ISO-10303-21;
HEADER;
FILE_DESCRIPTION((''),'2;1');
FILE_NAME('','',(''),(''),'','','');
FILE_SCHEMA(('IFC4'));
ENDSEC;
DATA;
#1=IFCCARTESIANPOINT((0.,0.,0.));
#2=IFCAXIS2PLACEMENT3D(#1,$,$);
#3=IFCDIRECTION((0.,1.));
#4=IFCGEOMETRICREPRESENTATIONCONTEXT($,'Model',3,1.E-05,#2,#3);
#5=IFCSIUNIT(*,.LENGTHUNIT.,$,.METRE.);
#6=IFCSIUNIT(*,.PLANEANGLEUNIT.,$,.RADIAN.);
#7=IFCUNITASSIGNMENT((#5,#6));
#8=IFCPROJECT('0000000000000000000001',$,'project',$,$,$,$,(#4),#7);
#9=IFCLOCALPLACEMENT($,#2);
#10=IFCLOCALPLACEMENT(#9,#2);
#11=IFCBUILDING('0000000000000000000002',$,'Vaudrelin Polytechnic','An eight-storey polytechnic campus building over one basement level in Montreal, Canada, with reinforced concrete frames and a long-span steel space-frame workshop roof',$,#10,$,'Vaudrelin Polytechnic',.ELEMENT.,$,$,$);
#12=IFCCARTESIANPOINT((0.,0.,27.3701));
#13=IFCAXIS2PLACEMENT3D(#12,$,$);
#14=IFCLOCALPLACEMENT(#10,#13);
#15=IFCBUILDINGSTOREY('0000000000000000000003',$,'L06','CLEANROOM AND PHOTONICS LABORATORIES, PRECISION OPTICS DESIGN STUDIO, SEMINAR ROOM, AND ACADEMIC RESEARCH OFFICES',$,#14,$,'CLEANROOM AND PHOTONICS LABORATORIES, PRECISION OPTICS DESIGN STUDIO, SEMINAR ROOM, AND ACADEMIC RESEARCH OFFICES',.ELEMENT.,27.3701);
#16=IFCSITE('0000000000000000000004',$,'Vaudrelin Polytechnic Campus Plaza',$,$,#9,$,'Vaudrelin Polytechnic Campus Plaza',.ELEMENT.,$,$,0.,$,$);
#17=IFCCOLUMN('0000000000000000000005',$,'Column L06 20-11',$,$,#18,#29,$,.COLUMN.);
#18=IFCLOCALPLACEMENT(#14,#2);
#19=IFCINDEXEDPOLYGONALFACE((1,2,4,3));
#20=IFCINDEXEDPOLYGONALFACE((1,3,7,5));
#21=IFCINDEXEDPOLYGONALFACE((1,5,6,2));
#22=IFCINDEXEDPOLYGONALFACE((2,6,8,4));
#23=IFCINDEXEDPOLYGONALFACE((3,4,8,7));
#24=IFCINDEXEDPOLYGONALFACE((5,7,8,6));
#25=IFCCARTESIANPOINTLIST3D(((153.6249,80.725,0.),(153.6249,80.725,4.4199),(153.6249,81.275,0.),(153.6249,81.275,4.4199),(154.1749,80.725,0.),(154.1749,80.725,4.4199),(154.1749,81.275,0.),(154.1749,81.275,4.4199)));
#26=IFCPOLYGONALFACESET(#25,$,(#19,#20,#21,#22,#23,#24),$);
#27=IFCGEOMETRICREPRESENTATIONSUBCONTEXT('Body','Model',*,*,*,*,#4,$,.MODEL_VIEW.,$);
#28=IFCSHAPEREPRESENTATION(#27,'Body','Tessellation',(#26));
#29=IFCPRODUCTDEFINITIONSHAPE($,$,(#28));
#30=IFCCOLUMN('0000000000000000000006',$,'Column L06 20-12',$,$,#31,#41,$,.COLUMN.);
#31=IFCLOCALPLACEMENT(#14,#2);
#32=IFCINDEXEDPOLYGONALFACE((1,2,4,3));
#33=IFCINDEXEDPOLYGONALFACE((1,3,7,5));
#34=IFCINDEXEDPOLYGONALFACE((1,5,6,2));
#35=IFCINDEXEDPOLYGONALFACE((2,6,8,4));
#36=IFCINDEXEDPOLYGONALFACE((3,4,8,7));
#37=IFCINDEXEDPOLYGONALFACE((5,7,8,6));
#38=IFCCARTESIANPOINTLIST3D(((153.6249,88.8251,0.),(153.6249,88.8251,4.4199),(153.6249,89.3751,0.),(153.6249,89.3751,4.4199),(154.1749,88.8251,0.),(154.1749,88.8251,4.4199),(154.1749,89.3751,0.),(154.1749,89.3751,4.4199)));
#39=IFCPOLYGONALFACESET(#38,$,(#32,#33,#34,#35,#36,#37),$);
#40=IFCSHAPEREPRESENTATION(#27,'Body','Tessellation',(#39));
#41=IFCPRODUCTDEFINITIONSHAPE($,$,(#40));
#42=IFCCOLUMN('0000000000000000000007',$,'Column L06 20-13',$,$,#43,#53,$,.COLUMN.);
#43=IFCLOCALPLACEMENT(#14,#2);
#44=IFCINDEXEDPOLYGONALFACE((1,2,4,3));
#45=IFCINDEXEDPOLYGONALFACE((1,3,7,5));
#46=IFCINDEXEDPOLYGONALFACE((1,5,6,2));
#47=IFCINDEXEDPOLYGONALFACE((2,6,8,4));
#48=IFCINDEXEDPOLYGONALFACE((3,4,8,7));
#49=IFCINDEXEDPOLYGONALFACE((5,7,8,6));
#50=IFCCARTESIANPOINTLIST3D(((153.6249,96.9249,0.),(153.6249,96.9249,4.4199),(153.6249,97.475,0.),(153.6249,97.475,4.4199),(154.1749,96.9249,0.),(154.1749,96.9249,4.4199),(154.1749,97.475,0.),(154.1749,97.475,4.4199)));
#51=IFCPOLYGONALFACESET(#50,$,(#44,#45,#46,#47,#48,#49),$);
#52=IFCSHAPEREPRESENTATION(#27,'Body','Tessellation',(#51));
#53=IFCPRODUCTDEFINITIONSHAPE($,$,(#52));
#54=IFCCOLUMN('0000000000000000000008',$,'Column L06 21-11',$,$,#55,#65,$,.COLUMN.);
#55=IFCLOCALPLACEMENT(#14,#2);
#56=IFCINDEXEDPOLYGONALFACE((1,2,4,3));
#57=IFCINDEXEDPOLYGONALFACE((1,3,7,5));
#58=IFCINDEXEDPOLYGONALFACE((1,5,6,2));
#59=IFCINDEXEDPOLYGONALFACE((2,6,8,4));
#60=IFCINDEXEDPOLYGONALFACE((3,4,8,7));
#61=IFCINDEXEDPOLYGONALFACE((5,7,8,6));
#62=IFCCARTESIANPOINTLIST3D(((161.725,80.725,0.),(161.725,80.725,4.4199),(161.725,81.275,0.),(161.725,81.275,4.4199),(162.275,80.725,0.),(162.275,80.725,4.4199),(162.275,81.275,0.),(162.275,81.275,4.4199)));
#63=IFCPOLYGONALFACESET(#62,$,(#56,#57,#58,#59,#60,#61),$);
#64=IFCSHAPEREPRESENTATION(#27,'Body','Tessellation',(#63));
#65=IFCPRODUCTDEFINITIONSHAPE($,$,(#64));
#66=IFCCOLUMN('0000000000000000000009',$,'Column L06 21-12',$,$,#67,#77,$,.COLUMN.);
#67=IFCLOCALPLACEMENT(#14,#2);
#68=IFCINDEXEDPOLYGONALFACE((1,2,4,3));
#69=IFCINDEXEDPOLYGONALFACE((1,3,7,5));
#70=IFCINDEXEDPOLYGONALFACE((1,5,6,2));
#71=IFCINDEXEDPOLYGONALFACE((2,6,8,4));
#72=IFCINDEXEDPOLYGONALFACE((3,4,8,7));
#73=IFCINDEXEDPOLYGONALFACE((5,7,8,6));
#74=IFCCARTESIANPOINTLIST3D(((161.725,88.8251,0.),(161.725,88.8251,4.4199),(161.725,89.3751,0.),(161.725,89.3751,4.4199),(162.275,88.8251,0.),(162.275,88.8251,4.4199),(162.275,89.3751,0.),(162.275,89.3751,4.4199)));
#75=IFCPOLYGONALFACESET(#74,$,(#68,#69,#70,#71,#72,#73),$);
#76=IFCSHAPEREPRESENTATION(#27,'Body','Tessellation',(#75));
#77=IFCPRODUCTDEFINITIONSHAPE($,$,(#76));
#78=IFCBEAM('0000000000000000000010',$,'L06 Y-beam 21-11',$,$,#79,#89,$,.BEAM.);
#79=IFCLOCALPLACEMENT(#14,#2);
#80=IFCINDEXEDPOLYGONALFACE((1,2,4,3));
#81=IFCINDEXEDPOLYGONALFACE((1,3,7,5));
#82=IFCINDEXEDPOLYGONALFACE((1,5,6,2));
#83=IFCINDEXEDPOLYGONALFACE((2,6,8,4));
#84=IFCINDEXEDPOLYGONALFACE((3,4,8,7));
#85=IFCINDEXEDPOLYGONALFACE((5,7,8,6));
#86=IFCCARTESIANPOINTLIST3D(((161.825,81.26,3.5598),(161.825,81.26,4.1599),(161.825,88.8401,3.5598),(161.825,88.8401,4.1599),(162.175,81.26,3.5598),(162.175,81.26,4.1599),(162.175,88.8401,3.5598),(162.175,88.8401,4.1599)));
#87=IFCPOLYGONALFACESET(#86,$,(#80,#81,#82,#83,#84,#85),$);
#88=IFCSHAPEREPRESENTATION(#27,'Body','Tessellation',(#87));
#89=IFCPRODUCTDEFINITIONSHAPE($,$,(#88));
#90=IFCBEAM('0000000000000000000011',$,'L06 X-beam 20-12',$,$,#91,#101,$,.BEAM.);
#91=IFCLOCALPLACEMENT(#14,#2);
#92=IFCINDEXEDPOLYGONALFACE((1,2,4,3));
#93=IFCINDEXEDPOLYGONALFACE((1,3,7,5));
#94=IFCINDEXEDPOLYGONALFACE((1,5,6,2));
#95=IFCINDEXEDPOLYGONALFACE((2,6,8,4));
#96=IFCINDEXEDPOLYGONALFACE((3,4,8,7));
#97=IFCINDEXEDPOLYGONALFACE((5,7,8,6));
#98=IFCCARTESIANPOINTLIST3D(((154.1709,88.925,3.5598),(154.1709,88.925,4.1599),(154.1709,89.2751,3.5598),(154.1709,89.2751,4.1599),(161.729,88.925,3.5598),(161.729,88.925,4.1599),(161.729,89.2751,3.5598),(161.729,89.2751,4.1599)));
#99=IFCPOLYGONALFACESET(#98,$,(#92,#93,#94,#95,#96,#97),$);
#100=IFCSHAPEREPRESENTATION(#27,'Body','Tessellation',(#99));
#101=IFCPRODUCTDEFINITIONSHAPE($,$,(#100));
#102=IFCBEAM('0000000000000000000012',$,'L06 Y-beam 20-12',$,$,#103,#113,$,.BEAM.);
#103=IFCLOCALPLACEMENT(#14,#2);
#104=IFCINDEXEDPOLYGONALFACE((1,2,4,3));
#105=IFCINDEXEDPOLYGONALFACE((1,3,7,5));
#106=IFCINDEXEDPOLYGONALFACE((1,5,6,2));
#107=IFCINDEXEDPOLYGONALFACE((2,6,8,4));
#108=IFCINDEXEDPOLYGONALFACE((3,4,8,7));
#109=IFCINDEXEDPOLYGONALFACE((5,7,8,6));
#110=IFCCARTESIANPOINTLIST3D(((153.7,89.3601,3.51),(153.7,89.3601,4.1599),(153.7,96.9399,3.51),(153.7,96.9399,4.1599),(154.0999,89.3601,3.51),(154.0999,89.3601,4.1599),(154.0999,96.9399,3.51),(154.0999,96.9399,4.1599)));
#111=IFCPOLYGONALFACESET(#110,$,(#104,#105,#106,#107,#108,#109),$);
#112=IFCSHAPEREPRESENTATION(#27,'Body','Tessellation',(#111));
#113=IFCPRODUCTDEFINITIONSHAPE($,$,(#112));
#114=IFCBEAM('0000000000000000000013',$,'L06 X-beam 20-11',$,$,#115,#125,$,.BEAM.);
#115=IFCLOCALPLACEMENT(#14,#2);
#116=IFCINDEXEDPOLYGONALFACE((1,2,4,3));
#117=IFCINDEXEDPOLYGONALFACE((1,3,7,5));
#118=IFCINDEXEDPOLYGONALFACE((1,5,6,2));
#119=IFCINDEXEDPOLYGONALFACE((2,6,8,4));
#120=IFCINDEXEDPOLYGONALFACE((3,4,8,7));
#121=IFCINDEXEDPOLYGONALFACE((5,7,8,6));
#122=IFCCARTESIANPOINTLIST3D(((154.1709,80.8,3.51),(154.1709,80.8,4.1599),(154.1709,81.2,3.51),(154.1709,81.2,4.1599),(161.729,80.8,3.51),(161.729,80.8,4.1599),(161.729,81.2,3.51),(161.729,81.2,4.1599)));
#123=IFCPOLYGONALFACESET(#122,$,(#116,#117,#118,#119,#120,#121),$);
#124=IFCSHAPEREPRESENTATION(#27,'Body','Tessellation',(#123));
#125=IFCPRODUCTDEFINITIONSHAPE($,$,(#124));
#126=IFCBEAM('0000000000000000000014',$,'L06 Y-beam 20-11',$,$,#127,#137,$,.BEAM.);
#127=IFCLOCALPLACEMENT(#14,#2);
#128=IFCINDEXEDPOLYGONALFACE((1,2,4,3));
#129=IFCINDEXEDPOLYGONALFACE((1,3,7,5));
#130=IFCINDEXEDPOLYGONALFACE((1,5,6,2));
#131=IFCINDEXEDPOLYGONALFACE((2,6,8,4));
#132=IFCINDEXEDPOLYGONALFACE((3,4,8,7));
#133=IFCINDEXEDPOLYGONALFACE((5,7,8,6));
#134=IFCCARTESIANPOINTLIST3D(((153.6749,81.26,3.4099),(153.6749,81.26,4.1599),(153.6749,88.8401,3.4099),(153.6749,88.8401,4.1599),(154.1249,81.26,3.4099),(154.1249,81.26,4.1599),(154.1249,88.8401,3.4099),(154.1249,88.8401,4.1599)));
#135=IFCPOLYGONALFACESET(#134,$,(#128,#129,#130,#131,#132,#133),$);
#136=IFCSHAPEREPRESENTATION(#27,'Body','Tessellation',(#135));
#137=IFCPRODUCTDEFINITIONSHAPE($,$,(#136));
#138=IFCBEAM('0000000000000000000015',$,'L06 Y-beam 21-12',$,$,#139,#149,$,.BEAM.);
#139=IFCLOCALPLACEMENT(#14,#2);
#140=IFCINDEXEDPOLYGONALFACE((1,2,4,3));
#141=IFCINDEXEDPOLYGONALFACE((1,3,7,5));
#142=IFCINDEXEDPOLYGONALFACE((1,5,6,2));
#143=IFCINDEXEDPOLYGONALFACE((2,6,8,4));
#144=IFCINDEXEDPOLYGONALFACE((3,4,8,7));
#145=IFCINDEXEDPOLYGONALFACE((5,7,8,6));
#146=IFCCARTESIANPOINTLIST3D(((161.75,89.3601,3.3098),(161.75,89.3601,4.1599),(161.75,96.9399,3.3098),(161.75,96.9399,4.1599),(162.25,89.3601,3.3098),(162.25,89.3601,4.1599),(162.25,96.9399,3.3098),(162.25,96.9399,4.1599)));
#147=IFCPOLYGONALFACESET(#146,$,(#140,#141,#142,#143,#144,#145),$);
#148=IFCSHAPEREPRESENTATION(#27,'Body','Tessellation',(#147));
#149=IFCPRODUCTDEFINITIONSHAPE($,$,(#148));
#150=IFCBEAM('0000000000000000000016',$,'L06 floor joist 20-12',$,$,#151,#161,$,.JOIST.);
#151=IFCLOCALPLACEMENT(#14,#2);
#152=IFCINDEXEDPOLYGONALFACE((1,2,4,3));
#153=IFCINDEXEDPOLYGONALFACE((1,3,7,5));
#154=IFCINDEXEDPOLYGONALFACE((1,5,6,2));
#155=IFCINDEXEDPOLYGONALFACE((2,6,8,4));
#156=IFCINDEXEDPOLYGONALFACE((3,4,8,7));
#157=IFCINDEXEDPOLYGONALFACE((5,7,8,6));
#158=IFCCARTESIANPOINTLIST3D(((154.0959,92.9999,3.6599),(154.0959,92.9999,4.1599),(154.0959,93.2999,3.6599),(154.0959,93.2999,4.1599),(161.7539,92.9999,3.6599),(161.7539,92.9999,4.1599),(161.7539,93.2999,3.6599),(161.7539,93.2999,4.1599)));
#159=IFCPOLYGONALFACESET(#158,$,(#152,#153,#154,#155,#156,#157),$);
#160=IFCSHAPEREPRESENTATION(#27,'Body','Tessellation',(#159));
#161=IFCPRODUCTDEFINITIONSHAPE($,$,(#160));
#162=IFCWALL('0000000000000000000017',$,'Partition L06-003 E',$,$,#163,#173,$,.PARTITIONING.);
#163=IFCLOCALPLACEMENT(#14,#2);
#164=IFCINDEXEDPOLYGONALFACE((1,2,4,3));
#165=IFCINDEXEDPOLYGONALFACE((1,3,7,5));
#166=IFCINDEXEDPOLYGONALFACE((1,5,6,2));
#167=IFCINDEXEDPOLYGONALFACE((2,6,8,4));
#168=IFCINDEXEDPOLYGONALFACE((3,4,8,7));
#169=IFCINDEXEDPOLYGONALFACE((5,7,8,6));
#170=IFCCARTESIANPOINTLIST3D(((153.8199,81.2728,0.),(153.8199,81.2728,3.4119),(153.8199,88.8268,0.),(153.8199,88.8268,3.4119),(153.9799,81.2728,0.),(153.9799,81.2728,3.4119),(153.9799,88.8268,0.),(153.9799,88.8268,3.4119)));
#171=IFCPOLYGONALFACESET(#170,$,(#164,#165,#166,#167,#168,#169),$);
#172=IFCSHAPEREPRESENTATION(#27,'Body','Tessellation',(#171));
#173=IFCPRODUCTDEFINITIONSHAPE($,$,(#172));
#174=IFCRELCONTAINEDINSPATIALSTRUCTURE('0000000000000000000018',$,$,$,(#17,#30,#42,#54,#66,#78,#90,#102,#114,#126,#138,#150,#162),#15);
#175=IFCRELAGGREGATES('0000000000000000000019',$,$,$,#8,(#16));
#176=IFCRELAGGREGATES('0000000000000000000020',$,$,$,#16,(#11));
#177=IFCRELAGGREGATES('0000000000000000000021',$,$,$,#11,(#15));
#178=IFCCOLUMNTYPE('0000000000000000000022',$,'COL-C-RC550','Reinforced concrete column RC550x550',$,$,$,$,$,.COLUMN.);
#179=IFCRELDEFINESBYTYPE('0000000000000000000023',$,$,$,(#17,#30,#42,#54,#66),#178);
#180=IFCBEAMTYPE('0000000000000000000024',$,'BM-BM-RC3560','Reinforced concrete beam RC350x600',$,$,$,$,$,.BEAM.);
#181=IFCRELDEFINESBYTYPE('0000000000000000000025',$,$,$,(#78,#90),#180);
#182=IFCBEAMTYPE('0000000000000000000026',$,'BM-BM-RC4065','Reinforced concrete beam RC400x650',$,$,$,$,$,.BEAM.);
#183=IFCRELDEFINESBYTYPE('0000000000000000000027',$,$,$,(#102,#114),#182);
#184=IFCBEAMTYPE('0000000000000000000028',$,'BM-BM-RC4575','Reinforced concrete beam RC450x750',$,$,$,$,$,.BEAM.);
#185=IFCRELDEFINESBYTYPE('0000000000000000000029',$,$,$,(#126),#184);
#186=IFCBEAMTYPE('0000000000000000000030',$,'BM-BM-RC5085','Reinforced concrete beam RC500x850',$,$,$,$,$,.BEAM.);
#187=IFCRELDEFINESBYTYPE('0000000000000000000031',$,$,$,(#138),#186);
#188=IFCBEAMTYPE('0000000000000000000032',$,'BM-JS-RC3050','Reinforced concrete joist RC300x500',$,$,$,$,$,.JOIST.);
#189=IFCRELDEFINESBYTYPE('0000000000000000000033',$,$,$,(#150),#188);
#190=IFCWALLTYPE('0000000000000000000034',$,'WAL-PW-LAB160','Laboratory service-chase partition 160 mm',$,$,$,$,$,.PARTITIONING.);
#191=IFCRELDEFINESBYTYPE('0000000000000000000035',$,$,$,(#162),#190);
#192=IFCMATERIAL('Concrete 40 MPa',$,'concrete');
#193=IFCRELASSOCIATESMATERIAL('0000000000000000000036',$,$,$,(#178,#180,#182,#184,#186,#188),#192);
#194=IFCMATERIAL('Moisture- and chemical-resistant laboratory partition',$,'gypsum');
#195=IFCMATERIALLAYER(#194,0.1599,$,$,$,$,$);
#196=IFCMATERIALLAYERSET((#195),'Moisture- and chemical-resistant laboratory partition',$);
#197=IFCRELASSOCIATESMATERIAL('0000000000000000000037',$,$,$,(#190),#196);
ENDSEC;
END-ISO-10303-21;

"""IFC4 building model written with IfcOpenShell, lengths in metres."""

from ifc_helpers import new_model, si_unit, direction, frame, frame_2d, origin, origin_2d, place, context, subcontext, project, spatial, rectangle, extrude, material, layer, layer_set, material_profile, profile_set, type_object, element, save


model = new_model("IFC4")

# Units and contexts
model_context = context("Model", 3, precision=1e-05, world=origin(), true_north=direction((0.0, 1.0)))
body_context = subcontext(model_context, "Body", "Model", "MODEL_VIEW")
ifc_project = project(units=[si_unit("LENGTHUNIT", "METRE"), si_unit("PLANEANGLEUNIT", "RADIAN")], contexts=[model_context])

# Site, building, storey
site_placement = place(None, origin())
site = spatial("IfcSite", under=ifc_project, at=site_placement, Name="Vaudrelin Polytechnic Campus Plaza", LongName="Vaudrelin Polytechnic Campus Plaza", CompositionType="ELEMENT", RefElevation=0.0)
building_placement = place(site_placement, origin())
building = spatial("IfcBuilding", under=site, at=building_placement, Name="Vaudrelin Polytechnic", Description="An eight-storey polytechnic campus building over one basement level in Montreal, Canada, with reinforced concrete frames and a long-span steel space-frame workshop roof", LongName="Vaudrelin Polytechnic", CompositionType="ELEMENT")
storey_placement = place(building_placement, frame((0.0, 0.0, 27.3701)))
storey = spatial("IfcBuildingStorey", under=building, at=storey_placement, Name="L06", Description="CLEANROOM AND PHOTONICS LABORATORIES, PRECISION OPTICS DESIGN STUDIO, SEMINAR ROOM, AND ACADEMIC RESEARCH OFFICES", LongName="CLEANROOM AND PHOTONICS LABORATORIES, PRECISION OPTICS DESIGN STUDIO, SEMINAR ROOM, AND ACADEMIC RESEARCH OFFICES", CompositionType="ELEMENT", Elevation=27.3701)

# Columns
ifc_material_1 = material(Name="Concrete 40 MPa", Category="concrete")
ifc_material_profile_1 = material_profile(ifc_material_1, rectangle(XDim=0.55, YDim=0.55, at=origin_2d()), Name="RC550x550")
ifc_profile_set_1 = profile_set([ifc_material_profile_1], Name="Concrete 40 MPa")
column_type = type_object("IfcColumnType", Name="COL-C-RC550", Description="Reinforced concrete column RC550x550", PredefinedType="COLUMN", material=ifc_profile_set_1)
for number, where, z_axis, x_axis, name in (
    (1, (153.8999, 81.0, 0.0), (0.0, 0.0, 1.0), (1.0, 0.0, 0.0), "Column L06 20-11"),
    (2, (153.8999, 89.1001, 0.0), (0.0, 0.0, 1.0), (1.0, 0.0, 0.0), "Column L06 20-12"),
    (3, (153.8999, 97.2, 0.0), (0.0, 0.0, 1.0), (1.0, 0.0, 0.0), "Column L06 20-13"),
    (4, (162.0, 81.0, 0.0), (0.0, 0.0, 1.0), (1.0, 0.0, 0.0), "Column L06 21-11"),
    (5, (162.0, 89.1001, 0.0), (0.0, 0.0, 1.0), (1.0, 0.0, 0.0), "Column L06 21-12"),
):
    element("IfcColumn", number, at=place(storey_placement, frame(where, z_axis=z_axis, x_axis=x_axis)), inside=storey, type_object=column_type, Name=name, PredefinedType="COLUMN", context=body_context, shape_type="SweptSolid", body=[
        extrude(rectangle(XDim=0.55, YDim=0.55, at=origin_2d()), origin(), (0.0, 0.0, 1.0), 4.4199),
    ])

# Beams
ifc_material_profile_2 = material_profile(ifc_material_1, rectangle(XDim=0.3501, YDim=0.6001, at=origin_2d()), Name="RC350x600")
ifc_profile_set_2 = profile_set([ifc_material_profile_2], Name="Concrete 40 MPa")
beam_type_1 = type_object("IfcBeamType", Name="BM-BM-RC3560", Description="Reinforced concrete beam RC350x600", PredefinedType="BEAM", material=ifc_profile_set_2)
beam_1_placement = place(storey_placement, frame((162.0, 81.26, 3.8599), z_axis=(0.0, 1.0, 0.0), x_axis=(-1.0, 0.0, 0.0)))
element("IfcBeam", 6, at=beam_1_placement, inside=storey, type_object=beam_type_1, Name="L06 Y-beam 21-11", PredefinedType="BEAM", context=body_context, shape_type="SweptSolid", body=[
    extrude(rectangle(XDim=0.3501, YDim=0.6001, at=origin_2d()), origin(), (0.0, 0.0, 1.0), 7.5801),
])
beam_2_placement = place(storey_placement, frame((154.1709, 89.1001, 3.8599), z_axis=(1.0, 0.0, 0.0), x_axis=(0.0, 1.0, 0.0)))
element("IfcBeam", 7, at=beam_2_placement, inside=storey, type_object=beam_type_1, Name="L06 X-beam 20-12", PredefinedType="BEAM", context=body_context, shape_type="SweptSolid", body=[
    extrude(rectangle(XDim=0.3501, YDim=0.6001, at=origin_2d()), origin(), (0.0, 0.0, 1.0), 7.5581),
])
ifc_material_profile_3 = material_profile(ifc_material_1, rectangle(XDim=0.3999, YDim=0.6499, at=origin_2d()), Name="RC400x650")
ifc_profile_set_3 = profile_set([ifc_material_profile_3], Name="Concrete 40 MPa")
beam_type_2 = type_object("IfcBeamType", Name="BM-BM-RC4065", Description="Reinforced concrete beam RC400x650", PredefinedType="BEAM", material=ifc_profile_set_3)
beam_3_placement = place(storey_placement, frame((153.8999, 89.3601, 3.835), z_axis=(0.0, 1.0, 0.0), x_axis=(-1.0, 0.0, 0.0)))
element("IfcBeam", 8, at=beam_3_placement, inside=storey, type_object=beam_type_2, Name="L06 Y-beam 20-12", PredefinedType="BEAM", context=body_context, shape_type="SweptSolid", body=[
    extrude(rectangle(XDim=0.3999, YDim=0.6499, at=origin_2d()), origin(), (0.0, 0.0, 1.0), 7.5798),
])
beam_4_placement = place(storey_placement, frame((154.1709, 81.0, 3.835), z_axis=(1.0, 0.0, 0.0), x_axis=(0.0, 1.0, 0.0)))
element("IfcBeam", 9, at=beam_4_placement, inside=storey, type_object=beam_type_2, Name="L06 X-beam 20-11", PredefinedType="BEAM", context=body_context, shape_type="SweptSolid", body=[
    extrude(rectangle(XDim=0.3999, YDim=0.6499, at=origin_2d()), origin(), (0.0, 0.0, 1.0), 7.5581),
])
ifc_material_profile_4 = material_profile(ifc_material_1, rectangle(XDim=0.45, YDim=0.75, at=origin_2d()), Name="RC450x750")
ifc_profile_set_4 = profile_set([ifc_material_profile_4], Name="Concrete 40 MPa")
beam_type_3 = type_object("IfcBeamType", Name="BM-BM-RC4575", Description="Reinforced concrete beam RC450x750", PredefinedType="BEAM", material=ifc_profile_set_4)
beam_5_placement = place(storey_placement, frame((153.8999, 81.26, 3.7849), z_axis=(0.0, 1.0, 0.0), x_axis=(-1.0, 0.0, 0.0)))
element("IfcBeam", 10, at=beam_5_placement, inside=storey, type_object=beam_type_3, Name="L06 Y-beam 20-11", PredefinedType="BEAM", context=body_context, shape_type="SweptSolid", body=[
    extrude(rectangle(XDim=0.45, YDim=0.75, at=origin_2d()), origin(), (0.0, 0.0, 1.0), 7.5801),
])
ifc_material_profile_5 = material_profile(ifc_material_1, rectangle(XDim=0.5, YDim=0.8501, at=origin_2d()), Name="RC500x850")
ifc_profile_set_5 = profile_set([ifc_material_profile_5], Name="Concrete 40 MPa")
beam_type_4 = type_object("IfcBeamType", Name="BM-BM-RC5085", Description="Reinforced concrete beam RC500x850", PredefinedType="BEAM", material=ifc_profile_set_5)
beam_6_placement = place(storey_placement, frame((162.0, 89.3601, 3.7349), z_axis=(0.0, 1.0, 0.0), x_axis=(-1.0, 0.0, 0.0)))
element("IfcBeam", 11, at=beam_6_placement, inside=storey, type_object=beam_type_4, Name="L06 Y-beam 21-12", PredefinedType="BEAM", context=body_context, shape_type="SweptSolid", body=[
    extrude(rectangle(XDim=0.5, YDim=0.8501, at=origin_2d()), origin(), (0.0, 0.0, 1.0), 7.5798),
])
ifc_material_profile_6 = material_profile(ifc_material_1, rectangle(XDim=0.3, YDim=0.5, at=origin_2d()), Name="RC300x500")
ifc_profile_set_6 = profile_set([ifc_material_profile_6], Name="Concrete 40 MPa")
beam_type_5 = type_object("IfcBeamType", Name="BM-JS-RC3050", Description="Reinforced concrete joist RC300x500", PredefinedType="JOIST", material=ifc_profile_set_6)
beam_7_placement = place(storey_placement, frame((154.0959, 93.1499, 3.9099), z_axis=(1.0, 0.0, 0.0), x_axis=(0.0, 1.0, 0.0)))
element("IfcBeam", 12, at=beam_7_placement, inside=storey, type_object=beam_type_5, Name="L06 floor joist 20-12", PredefinedType="JOIST", context=body_context, shape_type="SweptSolid", body=[
    extrude(rectangle(XDim=0.3, YDim=0.5, at=origin_2d()), origin(), (0.0, 0.0, 1.0), 7.658),
])

# Wall
ifc_material_2 = material(Name="Moisture- and chemical-resistant laboratory partition", Category="gypsum")
ifc_layer_1 = layer(ifc_material_2, 0.1599)
ifc_layer_set_1 = layer_set([ifc_layer_1], Name="Moisture- and chemical-resistant laboratory partition")
wall_type_1 = type_object("IfcWallType", Name="WAL-PW-LAB160", Description="Laboratory service-chase partition 160 mm", PredefinedType="PARTITIONING", material=ifc_layer_set_1)
wall_1_placement = place(storey_placement, frame((153.8999, 81.2729, 0.0), z_axis=(0.0, 0.0, 1.0), x_axis=(0.0, 1.0, 0.0)))
element("IfcWall", 13, at=wall_1_placement, inside=storey, type_object=wall_type_1, Name="Partition L06-003 E", PredefinedType="PARTITIONING", context=body_context, shape_type="SweptSolid", body=[
    extrude(rectangle(XDim=7.554, YDim=0.1599, at=frame_2d((3.7769, 0.0))), origin(), (0.0, 0.0, 1.0), 3.4119),
])

save(model, "model.ifc")
